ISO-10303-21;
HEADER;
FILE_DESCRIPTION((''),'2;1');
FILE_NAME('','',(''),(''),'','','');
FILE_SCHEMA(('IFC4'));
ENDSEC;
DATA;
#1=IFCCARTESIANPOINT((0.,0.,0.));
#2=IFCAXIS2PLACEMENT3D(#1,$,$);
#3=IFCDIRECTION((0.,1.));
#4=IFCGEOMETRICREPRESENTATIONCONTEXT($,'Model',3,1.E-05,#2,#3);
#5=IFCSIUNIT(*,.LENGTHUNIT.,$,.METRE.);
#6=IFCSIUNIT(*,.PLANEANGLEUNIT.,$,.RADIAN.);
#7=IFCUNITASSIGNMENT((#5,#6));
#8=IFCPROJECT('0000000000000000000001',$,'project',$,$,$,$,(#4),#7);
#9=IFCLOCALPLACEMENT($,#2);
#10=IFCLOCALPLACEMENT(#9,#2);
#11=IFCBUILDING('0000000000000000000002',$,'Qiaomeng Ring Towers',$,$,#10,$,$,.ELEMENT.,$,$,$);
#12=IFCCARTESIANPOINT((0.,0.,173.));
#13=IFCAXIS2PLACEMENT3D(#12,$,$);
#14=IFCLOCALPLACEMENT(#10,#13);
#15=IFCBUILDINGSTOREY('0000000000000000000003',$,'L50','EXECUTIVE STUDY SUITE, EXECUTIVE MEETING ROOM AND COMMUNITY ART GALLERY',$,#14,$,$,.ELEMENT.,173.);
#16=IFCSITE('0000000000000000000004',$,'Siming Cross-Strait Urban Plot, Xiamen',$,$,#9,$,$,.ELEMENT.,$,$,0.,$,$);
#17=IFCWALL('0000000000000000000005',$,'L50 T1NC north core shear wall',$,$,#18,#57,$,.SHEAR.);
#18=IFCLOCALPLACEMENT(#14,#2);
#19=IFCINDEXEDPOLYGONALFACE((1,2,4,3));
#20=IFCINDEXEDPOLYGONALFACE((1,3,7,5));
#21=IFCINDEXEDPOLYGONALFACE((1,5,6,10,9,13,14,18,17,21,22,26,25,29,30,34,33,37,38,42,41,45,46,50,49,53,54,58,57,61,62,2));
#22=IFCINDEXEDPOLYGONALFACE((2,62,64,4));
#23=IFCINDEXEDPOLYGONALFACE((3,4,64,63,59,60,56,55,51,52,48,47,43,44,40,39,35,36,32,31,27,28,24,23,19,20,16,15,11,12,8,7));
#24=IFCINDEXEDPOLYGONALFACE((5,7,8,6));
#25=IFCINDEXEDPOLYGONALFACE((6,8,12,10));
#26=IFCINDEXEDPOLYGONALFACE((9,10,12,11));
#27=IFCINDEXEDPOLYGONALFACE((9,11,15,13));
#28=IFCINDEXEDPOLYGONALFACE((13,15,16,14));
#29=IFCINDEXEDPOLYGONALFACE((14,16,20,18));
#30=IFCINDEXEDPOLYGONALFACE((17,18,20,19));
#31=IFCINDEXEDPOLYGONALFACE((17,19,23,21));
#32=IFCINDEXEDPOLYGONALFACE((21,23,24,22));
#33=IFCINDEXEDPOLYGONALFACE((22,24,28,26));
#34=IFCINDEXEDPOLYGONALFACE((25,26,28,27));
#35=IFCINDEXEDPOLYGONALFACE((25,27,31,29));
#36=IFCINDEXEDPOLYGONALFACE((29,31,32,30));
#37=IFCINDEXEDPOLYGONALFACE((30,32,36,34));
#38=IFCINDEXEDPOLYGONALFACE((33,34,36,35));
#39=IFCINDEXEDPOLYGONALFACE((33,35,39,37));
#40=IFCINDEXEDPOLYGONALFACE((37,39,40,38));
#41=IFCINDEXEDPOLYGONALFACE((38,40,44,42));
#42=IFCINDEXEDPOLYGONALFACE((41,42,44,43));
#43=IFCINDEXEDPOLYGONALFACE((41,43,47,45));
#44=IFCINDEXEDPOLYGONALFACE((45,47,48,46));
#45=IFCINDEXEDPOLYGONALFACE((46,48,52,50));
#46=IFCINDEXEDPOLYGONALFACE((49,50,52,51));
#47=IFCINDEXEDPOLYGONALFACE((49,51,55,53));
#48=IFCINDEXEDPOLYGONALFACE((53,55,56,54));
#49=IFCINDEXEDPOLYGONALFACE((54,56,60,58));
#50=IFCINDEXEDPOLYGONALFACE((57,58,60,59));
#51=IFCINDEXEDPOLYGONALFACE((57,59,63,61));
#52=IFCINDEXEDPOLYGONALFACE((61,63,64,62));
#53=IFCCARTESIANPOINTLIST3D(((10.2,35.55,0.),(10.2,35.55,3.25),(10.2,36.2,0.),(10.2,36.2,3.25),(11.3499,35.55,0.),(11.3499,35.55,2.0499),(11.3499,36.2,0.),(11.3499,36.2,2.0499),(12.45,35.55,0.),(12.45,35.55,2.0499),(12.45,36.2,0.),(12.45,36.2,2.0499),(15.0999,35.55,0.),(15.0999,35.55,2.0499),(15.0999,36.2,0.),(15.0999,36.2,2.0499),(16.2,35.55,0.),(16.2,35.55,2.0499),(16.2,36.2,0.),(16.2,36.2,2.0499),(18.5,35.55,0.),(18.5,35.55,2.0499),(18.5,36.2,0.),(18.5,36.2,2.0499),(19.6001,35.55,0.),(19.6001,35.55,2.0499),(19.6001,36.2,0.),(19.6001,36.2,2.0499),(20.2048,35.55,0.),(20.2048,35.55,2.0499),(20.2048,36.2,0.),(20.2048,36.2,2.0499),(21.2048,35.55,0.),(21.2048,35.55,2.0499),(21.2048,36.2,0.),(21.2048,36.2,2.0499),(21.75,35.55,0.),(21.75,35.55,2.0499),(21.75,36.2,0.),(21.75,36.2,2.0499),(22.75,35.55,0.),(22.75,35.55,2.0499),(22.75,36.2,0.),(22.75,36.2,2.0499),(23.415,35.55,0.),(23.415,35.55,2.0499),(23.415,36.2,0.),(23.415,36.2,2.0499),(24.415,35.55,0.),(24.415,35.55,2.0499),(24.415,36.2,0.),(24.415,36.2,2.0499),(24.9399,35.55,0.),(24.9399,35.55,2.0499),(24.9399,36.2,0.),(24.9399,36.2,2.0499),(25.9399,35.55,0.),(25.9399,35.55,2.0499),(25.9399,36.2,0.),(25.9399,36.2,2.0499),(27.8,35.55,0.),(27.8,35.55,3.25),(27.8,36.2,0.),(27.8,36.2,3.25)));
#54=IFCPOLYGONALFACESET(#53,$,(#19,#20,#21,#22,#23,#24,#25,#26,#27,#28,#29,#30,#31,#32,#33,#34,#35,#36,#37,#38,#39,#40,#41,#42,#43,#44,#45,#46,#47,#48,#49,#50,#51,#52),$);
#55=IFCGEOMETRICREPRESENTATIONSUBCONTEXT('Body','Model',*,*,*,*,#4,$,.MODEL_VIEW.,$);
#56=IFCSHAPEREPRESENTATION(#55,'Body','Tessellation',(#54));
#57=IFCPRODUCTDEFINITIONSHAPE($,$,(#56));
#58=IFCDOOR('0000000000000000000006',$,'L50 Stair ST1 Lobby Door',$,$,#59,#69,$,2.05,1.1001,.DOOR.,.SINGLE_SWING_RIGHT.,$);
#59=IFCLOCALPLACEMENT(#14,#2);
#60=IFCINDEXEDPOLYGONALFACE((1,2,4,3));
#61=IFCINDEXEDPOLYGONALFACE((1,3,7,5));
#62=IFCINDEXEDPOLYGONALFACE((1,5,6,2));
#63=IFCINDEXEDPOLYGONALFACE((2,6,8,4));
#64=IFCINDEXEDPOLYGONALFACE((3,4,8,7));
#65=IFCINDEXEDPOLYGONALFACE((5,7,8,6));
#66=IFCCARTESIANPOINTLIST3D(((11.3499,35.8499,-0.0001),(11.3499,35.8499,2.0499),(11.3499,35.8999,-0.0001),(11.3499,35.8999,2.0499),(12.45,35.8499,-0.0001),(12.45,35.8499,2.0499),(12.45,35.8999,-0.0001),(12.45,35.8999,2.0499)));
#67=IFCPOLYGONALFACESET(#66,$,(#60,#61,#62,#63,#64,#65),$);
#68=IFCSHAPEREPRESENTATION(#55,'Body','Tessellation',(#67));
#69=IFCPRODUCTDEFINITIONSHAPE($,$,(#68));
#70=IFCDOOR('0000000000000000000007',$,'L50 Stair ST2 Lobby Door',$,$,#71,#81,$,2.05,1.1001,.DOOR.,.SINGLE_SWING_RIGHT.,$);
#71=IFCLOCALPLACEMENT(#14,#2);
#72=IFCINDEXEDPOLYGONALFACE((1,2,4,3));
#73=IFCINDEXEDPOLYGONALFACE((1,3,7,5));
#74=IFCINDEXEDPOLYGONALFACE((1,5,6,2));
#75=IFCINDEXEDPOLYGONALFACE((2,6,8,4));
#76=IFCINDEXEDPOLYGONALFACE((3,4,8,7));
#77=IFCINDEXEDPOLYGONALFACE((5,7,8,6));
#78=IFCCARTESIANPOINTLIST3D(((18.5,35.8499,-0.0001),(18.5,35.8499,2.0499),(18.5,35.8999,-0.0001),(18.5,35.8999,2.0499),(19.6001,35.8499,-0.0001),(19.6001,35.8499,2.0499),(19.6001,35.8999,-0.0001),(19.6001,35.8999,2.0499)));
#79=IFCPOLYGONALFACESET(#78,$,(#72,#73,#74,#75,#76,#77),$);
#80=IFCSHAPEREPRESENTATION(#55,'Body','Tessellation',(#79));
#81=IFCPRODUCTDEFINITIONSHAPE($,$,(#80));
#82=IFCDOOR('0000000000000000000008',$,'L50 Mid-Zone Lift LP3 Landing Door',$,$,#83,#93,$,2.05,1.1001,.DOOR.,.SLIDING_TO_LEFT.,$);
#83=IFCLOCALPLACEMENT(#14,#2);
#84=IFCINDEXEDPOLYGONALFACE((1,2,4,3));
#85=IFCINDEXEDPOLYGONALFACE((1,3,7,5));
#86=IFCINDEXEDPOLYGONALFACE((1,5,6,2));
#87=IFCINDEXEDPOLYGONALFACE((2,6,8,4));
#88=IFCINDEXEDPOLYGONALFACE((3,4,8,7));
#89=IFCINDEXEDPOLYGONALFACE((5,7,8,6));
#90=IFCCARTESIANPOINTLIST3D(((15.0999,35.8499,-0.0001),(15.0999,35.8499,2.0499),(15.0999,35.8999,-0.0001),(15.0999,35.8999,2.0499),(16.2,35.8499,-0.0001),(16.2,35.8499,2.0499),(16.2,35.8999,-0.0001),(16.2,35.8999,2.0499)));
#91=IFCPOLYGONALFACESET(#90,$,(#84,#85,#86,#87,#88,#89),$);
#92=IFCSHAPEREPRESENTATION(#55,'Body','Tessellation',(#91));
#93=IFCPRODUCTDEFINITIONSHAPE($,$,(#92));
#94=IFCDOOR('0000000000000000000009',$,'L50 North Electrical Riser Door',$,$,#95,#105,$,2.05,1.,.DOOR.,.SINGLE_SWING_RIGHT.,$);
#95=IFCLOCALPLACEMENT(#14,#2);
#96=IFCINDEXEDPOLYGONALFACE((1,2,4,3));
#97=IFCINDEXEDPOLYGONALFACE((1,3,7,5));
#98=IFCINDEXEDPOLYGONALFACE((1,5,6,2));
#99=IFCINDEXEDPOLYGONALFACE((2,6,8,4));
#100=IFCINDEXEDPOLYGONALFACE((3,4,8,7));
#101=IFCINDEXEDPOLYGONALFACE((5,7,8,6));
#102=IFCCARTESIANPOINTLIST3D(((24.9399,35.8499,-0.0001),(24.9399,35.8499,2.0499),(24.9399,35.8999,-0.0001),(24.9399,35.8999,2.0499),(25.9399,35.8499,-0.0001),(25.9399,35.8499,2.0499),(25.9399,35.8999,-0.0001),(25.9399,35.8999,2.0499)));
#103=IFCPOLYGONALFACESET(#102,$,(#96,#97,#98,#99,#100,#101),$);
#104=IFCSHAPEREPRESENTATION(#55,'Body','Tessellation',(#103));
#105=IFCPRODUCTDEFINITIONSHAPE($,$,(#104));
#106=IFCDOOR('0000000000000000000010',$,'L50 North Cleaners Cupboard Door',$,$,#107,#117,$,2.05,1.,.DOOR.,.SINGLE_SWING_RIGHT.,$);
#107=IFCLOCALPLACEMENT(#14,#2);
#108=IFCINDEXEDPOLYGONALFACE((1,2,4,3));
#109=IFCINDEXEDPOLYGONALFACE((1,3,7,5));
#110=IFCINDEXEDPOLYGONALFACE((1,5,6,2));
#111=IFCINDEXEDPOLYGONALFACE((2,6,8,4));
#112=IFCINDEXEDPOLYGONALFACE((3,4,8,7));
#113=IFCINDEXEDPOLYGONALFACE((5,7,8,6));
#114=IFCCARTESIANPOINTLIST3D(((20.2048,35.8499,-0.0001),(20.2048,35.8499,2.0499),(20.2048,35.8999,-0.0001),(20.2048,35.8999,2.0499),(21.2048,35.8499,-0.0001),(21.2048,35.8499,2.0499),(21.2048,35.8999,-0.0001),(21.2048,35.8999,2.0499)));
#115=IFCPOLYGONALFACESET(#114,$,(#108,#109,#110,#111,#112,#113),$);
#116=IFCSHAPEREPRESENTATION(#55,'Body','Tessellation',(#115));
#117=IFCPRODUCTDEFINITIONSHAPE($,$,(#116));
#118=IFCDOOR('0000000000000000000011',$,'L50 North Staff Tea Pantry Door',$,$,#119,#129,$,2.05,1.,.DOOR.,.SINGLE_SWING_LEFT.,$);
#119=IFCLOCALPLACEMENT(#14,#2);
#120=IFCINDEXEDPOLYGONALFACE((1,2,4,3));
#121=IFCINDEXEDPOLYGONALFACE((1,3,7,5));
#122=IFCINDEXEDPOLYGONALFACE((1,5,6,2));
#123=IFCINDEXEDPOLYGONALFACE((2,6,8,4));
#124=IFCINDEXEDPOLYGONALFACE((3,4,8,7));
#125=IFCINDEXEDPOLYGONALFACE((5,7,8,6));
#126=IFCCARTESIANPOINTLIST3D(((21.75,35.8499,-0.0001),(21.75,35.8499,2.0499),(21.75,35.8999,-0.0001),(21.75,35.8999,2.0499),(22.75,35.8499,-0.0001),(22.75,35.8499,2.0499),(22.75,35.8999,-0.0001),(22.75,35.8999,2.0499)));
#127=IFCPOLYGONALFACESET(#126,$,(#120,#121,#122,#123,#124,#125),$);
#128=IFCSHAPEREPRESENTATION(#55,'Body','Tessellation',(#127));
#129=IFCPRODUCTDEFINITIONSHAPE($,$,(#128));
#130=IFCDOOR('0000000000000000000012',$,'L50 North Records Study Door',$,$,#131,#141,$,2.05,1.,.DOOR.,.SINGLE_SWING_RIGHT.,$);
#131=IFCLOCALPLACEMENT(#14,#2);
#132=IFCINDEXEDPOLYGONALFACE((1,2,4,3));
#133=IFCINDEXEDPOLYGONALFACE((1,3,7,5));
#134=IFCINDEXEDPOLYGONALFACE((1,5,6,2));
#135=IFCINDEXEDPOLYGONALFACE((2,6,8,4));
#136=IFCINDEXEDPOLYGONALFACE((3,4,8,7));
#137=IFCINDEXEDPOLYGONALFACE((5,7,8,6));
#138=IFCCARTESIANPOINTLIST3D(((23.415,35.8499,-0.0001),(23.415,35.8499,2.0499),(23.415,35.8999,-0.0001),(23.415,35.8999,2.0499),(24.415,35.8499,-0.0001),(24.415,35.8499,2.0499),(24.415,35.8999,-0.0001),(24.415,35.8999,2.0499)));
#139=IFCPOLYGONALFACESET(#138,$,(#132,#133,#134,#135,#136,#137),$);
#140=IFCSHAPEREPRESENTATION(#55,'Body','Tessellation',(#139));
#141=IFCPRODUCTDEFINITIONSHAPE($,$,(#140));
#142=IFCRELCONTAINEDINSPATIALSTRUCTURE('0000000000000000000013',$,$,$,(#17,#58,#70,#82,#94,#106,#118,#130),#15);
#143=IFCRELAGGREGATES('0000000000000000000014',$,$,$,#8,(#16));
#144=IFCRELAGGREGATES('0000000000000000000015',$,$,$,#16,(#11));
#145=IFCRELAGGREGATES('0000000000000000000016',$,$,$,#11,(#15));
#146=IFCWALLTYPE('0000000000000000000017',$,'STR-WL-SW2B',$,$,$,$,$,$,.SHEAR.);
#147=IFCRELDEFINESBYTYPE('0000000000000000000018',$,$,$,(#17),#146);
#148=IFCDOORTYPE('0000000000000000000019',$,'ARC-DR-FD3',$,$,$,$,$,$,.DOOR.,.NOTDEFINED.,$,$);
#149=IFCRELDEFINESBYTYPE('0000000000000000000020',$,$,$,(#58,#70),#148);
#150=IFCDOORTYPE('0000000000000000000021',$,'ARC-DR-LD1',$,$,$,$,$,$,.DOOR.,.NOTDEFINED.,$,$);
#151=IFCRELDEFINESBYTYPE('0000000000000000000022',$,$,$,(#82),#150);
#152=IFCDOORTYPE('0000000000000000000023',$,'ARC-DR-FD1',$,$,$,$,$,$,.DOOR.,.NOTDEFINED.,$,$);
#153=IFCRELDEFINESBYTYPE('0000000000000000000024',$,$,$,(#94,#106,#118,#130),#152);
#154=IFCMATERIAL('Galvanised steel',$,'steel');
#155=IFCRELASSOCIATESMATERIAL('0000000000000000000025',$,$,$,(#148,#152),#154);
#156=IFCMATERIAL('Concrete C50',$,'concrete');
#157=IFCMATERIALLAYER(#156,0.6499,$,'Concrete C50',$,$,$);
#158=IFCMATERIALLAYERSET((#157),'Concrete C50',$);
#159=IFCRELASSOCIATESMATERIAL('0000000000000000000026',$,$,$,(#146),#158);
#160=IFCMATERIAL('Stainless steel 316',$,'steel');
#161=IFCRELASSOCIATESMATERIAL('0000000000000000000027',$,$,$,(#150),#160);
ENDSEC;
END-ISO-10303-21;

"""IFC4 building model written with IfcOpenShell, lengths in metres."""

from ifc_helpers import new_model, si_unit, direction, frame, frame_2d, origin, place, context, subcontext, project, spatial, rectangle, extrude, source, transform, mapped, material, layer, layer_set, type_object, element, fill, save


model = new_model("IFC4")

# Units and contexts
model_context = context("Model", 3, precision=1e-05, world=origin(), true_north=direction((0.0, 1.0)))
body_context = subcontext(model_context, "Body", "Model", "MODEL_VIEW")
ifc_project = project(units=[si_unit("LENGTHUNIT", "METRE"), si_unit("PLANEANGLEUNIT", "RADIAN")], contexts=[model_context])

# Site, building, storey
site_placement = place(None, origin())
site = spatial("IfcSite", under=ifc_project, at=site_placement, Name="Siming Cross-Strait Urban Plot, Xiamen", CompositionType="ELEMENT", RefElevation=0.0)
building_placement = place(site_placement, origin())
building = spatial("IfcBuilding", under=site, at=building_placement, Name="Qiaomeng Ring Towers", CompositionType="ELEMENT")
storey_placement = place(building_placement, frame((0.0, 0.0, 173.0)))
storey = spatial("IfcBuildingStorey", under=building, at=storey_placement, Name="L50", Description="EXECUTIVE STUDY SUITE, EXECUTIVE MEETING ROOM AND COMMUNITY ART GALLERY", CompositionType="ELEMENT", Elevation=173.0)

# Shared definitions
shared_shape_1 = source(origin(), body_context, "Body", "SweptSolid", [
    extrude(rectangle(XDim=1.0, YDim=2.05, at=frame_2d((0.5, 1.0249))), frame((0.0, 0.0249, 0.0), z_axis=(0.0, -1.0, 0.0), x_axis=(1.0, 0.0, 0.0)), (0.0, 0.0, 1.0), 0.05),
])

# Shared definitions
ifc_material_1 = material(Name="Galvanised steel", Category="steel")
door_type_1 = type_object("IfcDoorType", Name="ARC-DR-FD3", OperationType="NOTDEFINED", PredefinedType="DOOR", material=ifc_material_1)
shared_shape_2 = source(origin(), body_context, "Body", "SweptSolid", [
    extrude(rectangle(XDim=1.1001, YDim=2.05, at=frame_2d((0.55, 1.0249))), frame((0.0, 0.0249, 0.0), z_axis=(0.0, -1.0, 0.0), x_axis=(1.0, 0.0, 0.0)), (0.0, 0.0, 1.0), 0.05),
])

# Wall, openings, doors
ifc_material_2 = material(Name="Concrete C50", Category="concrete")
ifc_layer_1 = layer(ifc_material_2, 0.6499, Name="Concrete C50")
ifc_layer_set_1 = layer_set([ifc_layer_1], Name="Concrete C50")
wall_type_1 = type_object("IfcWallType", Name="STR-WL-SW2B", PredefinedType="SHEAR", material=ifc_layer_set_1)
wall_1_placement = place(storey_placement, frame((10.2, 35.875, 0.0), z_axis=(0.0, 0.0, 1.0), x_axis=(1.0, 0.0, 0.0)))
wall_1 = element("IfcWall", 1, at=wall_1_placement, inside=storey, type_object=wall_type_1, Name="L50 T1NC north core shear wall", PredefinedType="SHEAR", context=body_context, shape_type="SweptSolid", body=[
    extrude(rectangle(XDim=17.6001, YDim=0.6499, at=frame_2d((8.8, 0.0))), origin(), (0.0, 0.0, 1.0), 3.25),
])
opening_1_placement = place(wall_1_placement, frame((1.1499, 0.0, 0.0)))
opening_1 = element("IfcOpeningElement", 2, at=opening_1_placement, cuts=wall_1, PredefinedType="OPENING", context=body_context, shape_type="SweptSolid", body=[
    extrude(rectangle(XDim=1.1001, YDim=2.05, at=frame_2d((0.55, 1.0249))), frame((0.0, 0.335, 0.0), z_axis=(0.0, -1.0, 0.0), x_axis=(1.0, 0.0, 0.0)), (0.0, 0.0, 1.0), 0.6699),
])
opening_2_placement = place(wall_1_placement, frame((8.3, 0.0, 0.0)))
opening_2 = element("IfcOpeningElement", 3, at=opening_2_placement, cuts=wall_1, PredefinedType="OPENING", context=body_context, shape_type="SweptSolid", body=[
    extrude(rectangle(XDim=1.1001, YDim=2.05, at=frame_2d((0.55, 1.0249))), frame((0.0, 0.335, 0.0), z_axis=(0.0, -1.0, 0.0), x_axis=(1.0, 0.0, 0.0)), (0.0, 0.0, 1.0), 0.6699),
])
opening_3_placement = place(wall_1_placement, frame((4.8999, 0.0, 0.0)))
opening_3 = element("IfcOpeningElement", 4, at=opening_3_placement, cuts=wall_1, PredefinedType="OPENING", context=body_context, shape_type="SweptSolid", body=[
    extrude(rectangle(XDim=1.1001, YDim=2.05, at=frame_2d((0.55, 1.0249))), frame((0.0, 0.335, 0.0), z_axis=(0.0, -1.0, 0.0), x_axis=(1.0, 0.0, 0.0)), (0.0, 0.0, 1.0), 0.6699),
])
opening_4_placement = place(wall_1_placement, frame((14.74, 0.0, 0.0)))
opening_4 = element("IfcOpeningElement", 5, at=opening_4_placement, cuts=wall_1, PredefinedType="OPENING", context=body_context, shape_type="SweptSolid", body=[
    extrude(rectangle(XDim=1.0, YDim=2.05, at=frame_2d((0.5, 1.0249))), frame((0.0, 0.335, 0.0), z_axis=(0.0, -1.0, 0.0), x_axis=(1.0, 0.0, 0.0)), (0.0, 0.0, 1.0), 0.6699),
])
opening_5_placement = place(wall_1_placement, frame((10.0049, 0.0, 0.0)))
opening_5 = element("IfcOpeningElement", 6, at=opening_5_placement, cuts=wall_1, PredefinedType="OPENING", context=body_context, shape_type="SweptSolid", body=[
    extrude(rectangle(XDim=1.0, YDim=2.05, at=frame_2d((0.5, 1.0249))), frame((0.0, 0.335, 0.0), z_axis=(0.0, -1.0, 0.0), x_axis=(1.0, 0.0, 0.0)), (0.0, 0.0, 1.0), 0.6699),
])
opening_6_placement = place(wall_1_placement, frame((11.55, 0.0, 0.0)))
opening_6 = element("IfcOpeningElement", 7, at=opening_6_placement, cuts=wall_1, PredefinedType="OPENING", context=body_context, shape_type="SweptSolid", body=[
    extrude(rectangle(XDim=1.0, YDim=2.05, at=frame_2d((0.5, 1.0249))), frame((0.0, 0.335, 0.0), z_axis=(0.0, -1.0, 0.0), x_axis=(1.0, 0.0, 0.0)), (0.0, 0.0, 1.0), 0.6699),
])
opening_7_placement = place(wall_1_placement, frame((13.2151, 0.0, 0.0)))
opening_7 = element("IfcOpeningElement", 8, at=opening_7_placement, cuts=wall_1, PredefinedType="OPENING", context=body_context, shape_type="SweptSolid", body=[
    extrude(rectangle(XDim=1.0, YDim=2.05, at=frame_2d((0.5, 1.0249))), frame((0.0, 0.335, 0.0), z_axis=(0.0, -1.0, 0.0), x_axis=(1.0, 0.0, 0.0)), (0.0, 0.0, 1.0), 0.6699),
])
door_1_placement = place(opening_1_placement, origin())
door_1 = element("IfcDoor", 9, at=door_1_placement, inside=storey, type_object=door_type_1, Name="L50 Stair ST1 Lobby Door", OperationType="SINGLE_SWING_RIGHT", OverallHeight=2.05, OverallWidth=1.1001, PredefinedType="DOOR", context=body_context, shape_type="MappedRepresentation", body=[
    mapped(shared_shape_2, transform((0.0, 0.0, 0.0), x_axis=(1.0, 0.0, 0.0), y_axis=(0.0, 1.0, 0.0), z_axis=(0.0, 0.0, 1.0), scale=1.0)),
])
fill(opening_1, door_1)
door_2_placement = place(opening_2_placement, origin())
door_2 = element("IfcDoor", 10, at=door_2_placement, inside=storey, type_object=door_type_1, Name="L50 Stair ST2 Lobby Door", OperationType="SINGLE_SWING_RIGHT", OverallHeight=2.05, OverallWidth=1.1001, PredefinedType="DOOR", context=body_context, shape_type="MappedRepresentation", body=[
    mapped(shared_shape_2, transform((0.0, 0.0, 0.0), x_axis=(1.0, 0.0, 0.0), y_axis=(0.0, 1.0, 0.0), z_axis=(0.0, 0.0, 1.0), scale=1.0)),
])
fill(opening_2, door_2)
ifc_material_3 = material(Name="Stainless steel 316", Category="steel")
door_type_2 = type_object("IfcDoorType", Name="ARC-DR-LD1", OperationType="NOTDEFINED", PredefinedType="DOOR", material=ifc_material_3)
door_3_placement = place(opening_3_placement, origin())
door_3 = element("IfcDoor", 11, at=door_3_placement, inside=storey, type_object=door_type_2, Name="L50 Mid-Zone Lift LP3 Landing Door", OperationType="SLIDING_TO_LEFT", OverallHeight=2.05, OverallWidth=1.1001, PredefinedType="DOOR", context=body_context, shape_type="MappedRepresentation", body=[
    mapped(shared_shape_2, transform((0.0, 0.0, 0.0), x_axis=(1.0, 0.0, 0.0), y_axis=(0.0, 1.0, 0.0), z_axis=(0.0, 0.0, 1.0), scale=1.0)),
])
fill(opening_3, door_3)
door_type_3 = type_object("IfcDoorType", Name="ARC-DR-FD1", OperationType="NOTDEFINED", PredefinedType="DOOR", material=ifc_material_1)
door_4_placement = place(opening_4_placement, origin())
door_4 = element("IfcDoor", 12, at=door_4_placement, inside=storey, type_object=door_type_3, Name="L50 North Electrical Riser Door", OperationType="SINGLE_SWING_RIGHT", OverallHeight=2.05, OverallWidth=1.0, PredefinedType="DOOR", context=body_context, shape_type="MappedRepresentation", body=[
    mapped(shared_shape_1, transform((0.0, 0.0, 0.0), x_axis=(1.0, 0.0, 0.0), y_axis=(0.0, 1.0, 0.0), z_axis=(0.0, 0.0, 1.0), scale=1.0)),
])
fill(opening_4, door_4)
door_5_placement = place(opening_5_placement, origin())
door_5 = element("IfcDoor", 13, at=door_5_placement, inside=storey, type_object=door_type_3, Name="L50 North Cleaners Cupboard Door", OperationType="SINGLE_SWING_RIGHT", OverallHeight=2.05, OverallWidth=1.0, PredefinedType="DOOR", context=body_context, shape_type="MappedRepresentation", body=[
    mapped(shared_shape_1, transform((0.0, 0.0, 0.0), x_axis=(1.0, 0.0, 0.0), y_axis=(0.0, 1.0, 0.0), z_axis=(0.0, 0.0, 1.0), scale=1.0)),
])
fill(opening_5, door_5)
door_6_placement = place(opening_6_placement, origin())
door_6 = element("IfcDoor", 14, at=door_6_placement, inside=storey, type_object=door_type_3, Name="L50 North Staff Tea Pantry Door", OperationType="SINGLE_SWING_LEFT", OverallHeight=2.05, OverallWidth=1.0, PredefinedType="DOOR", context=body_context, shape_type="MappedRepresentation", body=[
    mapped(shared_shape_1, transform((0.0, 0.0, 0.0), x_axis=(1.0, 0.0, 0.0), y_axis=(0.0, 1.0, 0.0), z_axis=(0.0, 0.0, 1.0), scale=1.0)),
])
fill(opening_6, door_6)
door_7_placement = place(opening_7_placement, origin())
door_7 = element("IfcDoor", 15, at=door_7_placement, inside=storey, type_object=door_type_3, Name="L50 North Records Study Door", OperationType="SINGLE_SWING_RIGHT", OverallHeight=2.05, OverallWidth=1.0, PredefinedType="DOOR", context=body_context, shape_type="MappedRepresentation", body=[
    mapped(shared_shape_1, transform((0.0, 0.0, 0.0), x_axis=(1.0, 0.0, 0.0), y_axis=(0.0, 1.0, 0.0), z_axis=(0.0, 0.0, 1.0), scale=1.0)),
])
fill(opening_7, door_7)

save(model, "model.ifc")
